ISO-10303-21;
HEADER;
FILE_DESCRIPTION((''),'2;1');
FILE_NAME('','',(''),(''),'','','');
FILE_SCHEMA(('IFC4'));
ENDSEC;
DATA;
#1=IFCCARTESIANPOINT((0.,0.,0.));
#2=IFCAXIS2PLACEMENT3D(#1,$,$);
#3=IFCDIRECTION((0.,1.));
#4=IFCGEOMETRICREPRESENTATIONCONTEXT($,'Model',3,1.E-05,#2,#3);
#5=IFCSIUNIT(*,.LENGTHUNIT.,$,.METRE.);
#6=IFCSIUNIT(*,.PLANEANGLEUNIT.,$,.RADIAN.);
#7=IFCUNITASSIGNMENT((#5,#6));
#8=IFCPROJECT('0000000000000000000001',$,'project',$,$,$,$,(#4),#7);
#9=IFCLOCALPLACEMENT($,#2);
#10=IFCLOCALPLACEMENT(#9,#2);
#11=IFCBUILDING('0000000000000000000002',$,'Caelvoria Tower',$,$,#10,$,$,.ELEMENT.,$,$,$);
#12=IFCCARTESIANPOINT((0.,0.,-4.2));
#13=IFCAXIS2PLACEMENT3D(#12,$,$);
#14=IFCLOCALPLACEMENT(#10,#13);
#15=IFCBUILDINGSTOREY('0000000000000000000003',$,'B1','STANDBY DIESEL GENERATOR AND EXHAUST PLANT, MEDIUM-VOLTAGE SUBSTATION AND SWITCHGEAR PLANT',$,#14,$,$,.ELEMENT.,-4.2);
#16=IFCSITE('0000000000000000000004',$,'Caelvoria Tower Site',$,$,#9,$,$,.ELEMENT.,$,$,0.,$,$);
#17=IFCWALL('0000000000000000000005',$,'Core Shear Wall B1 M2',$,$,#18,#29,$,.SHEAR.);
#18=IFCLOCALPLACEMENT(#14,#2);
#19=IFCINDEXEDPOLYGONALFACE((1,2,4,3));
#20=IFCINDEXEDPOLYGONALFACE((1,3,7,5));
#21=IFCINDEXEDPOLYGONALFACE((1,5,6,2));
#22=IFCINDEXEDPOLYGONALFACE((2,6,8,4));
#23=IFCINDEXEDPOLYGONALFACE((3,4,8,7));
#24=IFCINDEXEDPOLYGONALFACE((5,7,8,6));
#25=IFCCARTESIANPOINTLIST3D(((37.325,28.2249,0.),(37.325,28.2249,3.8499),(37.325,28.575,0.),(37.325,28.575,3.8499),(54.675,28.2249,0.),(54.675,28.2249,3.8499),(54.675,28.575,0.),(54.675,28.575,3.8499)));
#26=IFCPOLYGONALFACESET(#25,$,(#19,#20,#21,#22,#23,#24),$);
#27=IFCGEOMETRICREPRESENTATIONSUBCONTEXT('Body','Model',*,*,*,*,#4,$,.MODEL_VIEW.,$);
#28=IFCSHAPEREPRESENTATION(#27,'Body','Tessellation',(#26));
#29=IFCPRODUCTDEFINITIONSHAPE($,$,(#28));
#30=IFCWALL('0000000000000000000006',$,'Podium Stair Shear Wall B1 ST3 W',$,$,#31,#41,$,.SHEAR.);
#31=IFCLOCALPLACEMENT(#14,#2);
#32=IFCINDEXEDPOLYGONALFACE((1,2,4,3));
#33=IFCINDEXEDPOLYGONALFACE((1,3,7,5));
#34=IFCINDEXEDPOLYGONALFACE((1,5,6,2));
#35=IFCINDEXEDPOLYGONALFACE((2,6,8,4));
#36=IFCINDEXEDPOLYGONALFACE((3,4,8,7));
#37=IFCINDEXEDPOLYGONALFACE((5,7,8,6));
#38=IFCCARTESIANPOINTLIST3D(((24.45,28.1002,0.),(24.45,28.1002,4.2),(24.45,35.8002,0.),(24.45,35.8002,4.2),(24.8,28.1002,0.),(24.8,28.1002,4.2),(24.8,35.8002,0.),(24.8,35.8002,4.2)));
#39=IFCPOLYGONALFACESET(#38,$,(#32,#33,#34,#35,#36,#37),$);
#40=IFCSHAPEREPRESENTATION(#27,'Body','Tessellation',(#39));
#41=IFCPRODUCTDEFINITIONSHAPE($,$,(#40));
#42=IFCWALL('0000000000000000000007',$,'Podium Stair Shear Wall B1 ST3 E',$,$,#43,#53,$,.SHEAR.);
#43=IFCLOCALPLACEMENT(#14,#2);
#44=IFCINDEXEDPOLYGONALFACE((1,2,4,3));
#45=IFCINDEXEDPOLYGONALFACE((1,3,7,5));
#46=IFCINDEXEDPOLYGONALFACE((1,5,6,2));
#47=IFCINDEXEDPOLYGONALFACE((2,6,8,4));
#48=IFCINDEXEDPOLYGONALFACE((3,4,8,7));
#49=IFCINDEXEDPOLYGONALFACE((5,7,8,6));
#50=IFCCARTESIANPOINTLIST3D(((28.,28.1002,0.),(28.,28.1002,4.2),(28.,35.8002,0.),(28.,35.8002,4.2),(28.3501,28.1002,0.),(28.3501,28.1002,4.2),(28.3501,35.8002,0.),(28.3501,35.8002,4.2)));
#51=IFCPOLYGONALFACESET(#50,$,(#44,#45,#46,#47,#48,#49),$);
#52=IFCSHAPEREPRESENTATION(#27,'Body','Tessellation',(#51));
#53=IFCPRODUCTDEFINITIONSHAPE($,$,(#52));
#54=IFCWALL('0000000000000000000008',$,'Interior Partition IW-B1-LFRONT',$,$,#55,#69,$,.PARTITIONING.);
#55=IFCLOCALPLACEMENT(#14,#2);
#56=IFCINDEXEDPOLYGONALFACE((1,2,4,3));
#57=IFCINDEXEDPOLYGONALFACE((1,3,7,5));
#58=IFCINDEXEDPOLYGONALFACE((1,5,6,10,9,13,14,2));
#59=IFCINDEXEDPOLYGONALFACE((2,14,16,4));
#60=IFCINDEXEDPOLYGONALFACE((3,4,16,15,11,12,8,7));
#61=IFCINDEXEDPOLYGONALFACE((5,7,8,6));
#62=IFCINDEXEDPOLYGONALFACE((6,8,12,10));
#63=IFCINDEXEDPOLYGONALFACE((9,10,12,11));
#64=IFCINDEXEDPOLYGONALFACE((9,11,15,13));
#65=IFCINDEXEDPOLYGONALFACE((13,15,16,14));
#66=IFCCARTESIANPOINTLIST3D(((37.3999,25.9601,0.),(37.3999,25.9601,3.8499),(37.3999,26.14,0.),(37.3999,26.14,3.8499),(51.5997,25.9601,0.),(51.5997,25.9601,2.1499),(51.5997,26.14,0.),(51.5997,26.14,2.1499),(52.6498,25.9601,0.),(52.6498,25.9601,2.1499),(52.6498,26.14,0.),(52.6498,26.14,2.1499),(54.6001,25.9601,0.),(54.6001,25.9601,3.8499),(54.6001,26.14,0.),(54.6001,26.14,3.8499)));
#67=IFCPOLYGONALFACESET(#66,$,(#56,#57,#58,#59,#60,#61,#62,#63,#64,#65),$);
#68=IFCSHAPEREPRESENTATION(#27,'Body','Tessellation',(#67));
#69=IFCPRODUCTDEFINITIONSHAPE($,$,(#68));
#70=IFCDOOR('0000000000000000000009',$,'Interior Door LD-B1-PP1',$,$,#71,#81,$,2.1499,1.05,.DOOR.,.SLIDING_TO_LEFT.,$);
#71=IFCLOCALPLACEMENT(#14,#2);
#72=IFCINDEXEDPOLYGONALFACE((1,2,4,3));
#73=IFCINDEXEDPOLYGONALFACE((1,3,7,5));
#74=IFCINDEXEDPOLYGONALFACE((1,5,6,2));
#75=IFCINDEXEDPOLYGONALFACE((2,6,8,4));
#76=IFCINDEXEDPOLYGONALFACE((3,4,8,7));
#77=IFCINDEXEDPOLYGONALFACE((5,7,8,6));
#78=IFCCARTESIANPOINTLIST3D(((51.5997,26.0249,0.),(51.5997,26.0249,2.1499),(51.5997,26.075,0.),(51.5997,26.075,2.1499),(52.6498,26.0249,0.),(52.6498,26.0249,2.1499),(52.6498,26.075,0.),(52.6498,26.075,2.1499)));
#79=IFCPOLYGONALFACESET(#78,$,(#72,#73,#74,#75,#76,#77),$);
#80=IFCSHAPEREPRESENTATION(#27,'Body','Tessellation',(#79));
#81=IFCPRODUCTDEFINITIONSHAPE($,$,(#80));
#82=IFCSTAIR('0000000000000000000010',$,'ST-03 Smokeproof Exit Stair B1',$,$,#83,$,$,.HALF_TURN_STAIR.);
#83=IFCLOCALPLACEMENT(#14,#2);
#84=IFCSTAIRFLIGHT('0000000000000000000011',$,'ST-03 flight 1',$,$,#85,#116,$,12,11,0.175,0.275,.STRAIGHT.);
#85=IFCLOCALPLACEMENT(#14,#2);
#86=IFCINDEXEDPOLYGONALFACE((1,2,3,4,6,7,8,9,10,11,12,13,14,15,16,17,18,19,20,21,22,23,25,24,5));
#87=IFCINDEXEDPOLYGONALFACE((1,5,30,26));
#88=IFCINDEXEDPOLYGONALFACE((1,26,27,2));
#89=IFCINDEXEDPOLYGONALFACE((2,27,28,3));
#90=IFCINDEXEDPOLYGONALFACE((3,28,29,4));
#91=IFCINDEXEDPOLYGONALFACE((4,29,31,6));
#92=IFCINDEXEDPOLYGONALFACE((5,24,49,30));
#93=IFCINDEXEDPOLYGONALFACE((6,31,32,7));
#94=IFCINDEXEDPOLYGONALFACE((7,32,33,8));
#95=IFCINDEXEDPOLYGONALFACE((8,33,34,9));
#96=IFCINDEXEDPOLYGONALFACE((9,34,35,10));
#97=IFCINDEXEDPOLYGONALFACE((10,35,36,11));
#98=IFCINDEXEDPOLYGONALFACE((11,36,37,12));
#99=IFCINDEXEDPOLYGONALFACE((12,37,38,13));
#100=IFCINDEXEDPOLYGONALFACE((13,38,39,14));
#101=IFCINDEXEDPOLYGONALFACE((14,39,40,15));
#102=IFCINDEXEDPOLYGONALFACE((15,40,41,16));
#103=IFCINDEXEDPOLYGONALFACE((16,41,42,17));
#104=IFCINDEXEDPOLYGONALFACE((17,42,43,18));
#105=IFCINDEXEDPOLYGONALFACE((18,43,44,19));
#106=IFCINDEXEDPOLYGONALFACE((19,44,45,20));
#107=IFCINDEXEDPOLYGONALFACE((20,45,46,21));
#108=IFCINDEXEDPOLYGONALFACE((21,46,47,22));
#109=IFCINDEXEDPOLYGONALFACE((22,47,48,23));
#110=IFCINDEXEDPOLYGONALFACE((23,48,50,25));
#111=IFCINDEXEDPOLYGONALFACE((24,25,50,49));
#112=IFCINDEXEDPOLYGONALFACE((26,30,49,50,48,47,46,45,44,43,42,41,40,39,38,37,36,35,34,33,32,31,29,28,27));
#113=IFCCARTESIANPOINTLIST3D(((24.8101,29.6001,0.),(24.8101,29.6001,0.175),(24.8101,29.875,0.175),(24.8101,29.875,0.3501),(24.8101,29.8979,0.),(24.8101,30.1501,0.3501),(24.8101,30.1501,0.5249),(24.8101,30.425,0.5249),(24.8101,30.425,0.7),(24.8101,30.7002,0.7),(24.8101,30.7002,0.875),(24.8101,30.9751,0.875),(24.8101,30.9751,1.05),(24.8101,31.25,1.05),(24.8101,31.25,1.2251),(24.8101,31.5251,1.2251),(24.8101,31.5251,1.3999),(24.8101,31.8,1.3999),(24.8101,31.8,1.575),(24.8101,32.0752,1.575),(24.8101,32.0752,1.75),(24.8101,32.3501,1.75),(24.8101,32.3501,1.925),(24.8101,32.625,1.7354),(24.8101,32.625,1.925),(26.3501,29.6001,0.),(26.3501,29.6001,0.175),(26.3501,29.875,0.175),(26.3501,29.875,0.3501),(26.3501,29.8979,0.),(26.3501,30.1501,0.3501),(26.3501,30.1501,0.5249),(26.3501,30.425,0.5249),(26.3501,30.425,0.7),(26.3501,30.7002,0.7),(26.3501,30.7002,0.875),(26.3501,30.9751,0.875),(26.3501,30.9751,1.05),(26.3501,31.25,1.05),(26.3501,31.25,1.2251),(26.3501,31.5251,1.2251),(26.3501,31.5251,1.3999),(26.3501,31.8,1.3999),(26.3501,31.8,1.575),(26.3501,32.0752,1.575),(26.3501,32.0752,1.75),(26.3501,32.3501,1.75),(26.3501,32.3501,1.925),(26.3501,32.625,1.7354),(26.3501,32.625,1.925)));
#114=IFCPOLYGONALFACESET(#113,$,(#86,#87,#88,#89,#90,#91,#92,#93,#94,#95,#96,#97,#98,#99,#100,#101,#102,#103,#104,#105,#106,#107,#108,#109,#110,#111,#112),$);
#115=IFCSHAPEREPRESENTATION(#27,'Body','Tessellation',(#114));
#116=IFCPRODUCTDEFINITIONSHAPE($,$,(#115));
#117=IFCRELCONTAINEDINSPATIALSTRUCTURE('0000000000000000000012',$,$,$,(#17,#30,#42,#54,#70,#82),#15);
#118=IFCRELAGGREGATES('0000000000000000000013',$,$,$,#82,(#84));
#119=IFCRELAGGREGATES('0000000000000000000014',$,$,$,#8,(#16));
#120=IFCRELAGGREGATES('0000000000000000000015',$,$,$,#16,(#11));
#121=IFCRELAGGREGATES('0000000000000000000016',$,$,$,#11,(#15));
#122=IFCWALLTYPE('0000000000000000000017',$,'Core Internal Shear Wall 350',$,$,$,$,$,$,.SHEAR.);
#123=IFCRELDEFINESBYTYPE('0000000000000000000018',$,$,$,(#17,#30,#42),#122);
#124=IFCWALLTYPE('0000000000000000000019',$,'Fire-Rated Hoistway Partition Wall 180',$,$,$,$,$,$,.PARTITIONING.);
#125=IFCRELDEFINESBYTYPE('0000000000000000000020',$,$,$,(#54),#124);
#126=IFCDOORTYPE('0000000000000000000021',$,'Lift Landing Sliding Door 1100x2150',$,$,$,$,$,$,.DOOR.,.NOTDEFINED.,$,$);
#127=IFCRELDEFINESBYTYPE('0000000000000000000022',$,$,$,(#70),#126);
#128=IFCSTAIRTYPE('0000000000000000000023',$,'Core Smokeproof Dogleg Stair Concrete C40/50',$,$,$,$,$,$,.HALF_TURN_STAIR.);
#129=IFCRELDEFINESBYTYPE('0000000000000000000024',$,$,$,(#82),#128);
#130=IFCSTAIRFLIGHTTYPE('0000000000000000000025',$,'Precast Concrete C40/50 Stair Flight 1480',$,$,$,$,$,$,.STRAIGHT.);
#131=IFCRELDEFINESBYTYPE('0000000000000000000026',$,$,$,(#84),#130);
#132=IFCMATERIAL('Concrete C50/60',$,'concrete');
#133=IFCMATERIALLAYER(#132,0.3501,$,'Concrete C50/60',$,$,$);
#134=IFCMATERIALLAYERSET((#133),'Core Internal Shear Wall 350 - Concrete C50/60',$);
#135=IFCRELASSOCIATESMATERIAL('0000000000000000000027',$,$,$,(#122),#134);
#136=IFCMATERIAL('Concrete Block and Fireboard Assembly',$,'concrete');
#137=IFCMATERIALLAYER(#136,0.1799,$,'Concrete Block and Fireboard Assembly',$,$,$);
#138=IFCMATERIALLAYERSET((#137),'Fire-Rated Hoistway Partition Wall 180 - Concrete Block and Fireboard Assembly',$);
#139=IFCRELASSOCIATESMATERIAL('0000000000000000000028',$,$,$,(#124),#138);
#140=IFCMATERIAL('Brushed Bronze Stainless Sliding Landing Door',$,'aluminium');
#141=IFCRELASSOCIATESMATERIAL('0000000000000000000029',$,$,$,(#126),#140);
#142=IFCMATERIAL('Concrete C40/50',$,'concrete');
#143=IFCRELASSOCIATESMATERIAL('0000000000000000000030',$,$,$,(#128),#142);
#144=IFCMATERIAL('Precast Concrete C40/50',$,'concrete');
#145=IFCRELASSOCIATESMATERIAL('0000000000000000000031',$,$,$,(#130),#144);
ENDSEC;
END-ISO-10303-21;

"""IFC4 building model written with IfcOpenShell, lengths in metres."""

from ifc_helpers import new_model, si_unit, direction, frame, frame_2d, origin, place, context, subcontext, project, spatial, polyline, rectangle, outline, extrude, material, layer, layer_set, type_object, element, fill, aggregate, save


model = new_model("IFC4")

# Units and contexts
model_context = context("Model", 3, precision=1e-05, world=origin(), true_north=direction((0.0, 1.0)))
body_context = subcontext(model_context, "Body", "Model", "MODEL_VIEW")
ifc_project = project(units=[si_unit("LENGTHUNIT", "METRE"), si_unit("PLANEANGLEUNIT", "RADIAN")], contexts=[model_context])

# Site, building, storey
site_placement = place(None, origin())
site = spatial("IfcSite", under=ifc_project, at=site_placement, Name="Caelvoria Tower Site", CompositionType="ELEMENT", RefElevation=0.0)
building_placement = place(site_placement, origin())
building = spatial("IfcBuilding", under=site, at=building_placement, Name="Caelvoria Tower", CompositionType="ELEMENT")
storey_placement = place(building_placement, frame((0.0, 0.0, -4.2)))
storey = spatial("IfcBuildingStorey", under=building, at=storey_placement, Name="B1", Description="STANDBY DIESEL GENERATOR AND EXHAUST PLANT, MEDIUM-VOLTAGE SUBSTATION AND SWITCHGEAR PLANT", CompositionType="ELEMENT", Elevation=-4.2)

# Shared definitions
ifc_material_1 = material(Name="Concrete C50/60", Category="concrete")

# Wall
ifc_layer_1 = layer(ifc_material_1, 0.3501, Name="Concrete C50/60")
ifc_layer_set_1 = layer_set([ifc_layer_1], Name="Core Internal Shear Wall 350 - Concrete C50/60")
wall_type_1 = type_object("IfcWallType", Name="Core Internal Shear Wall 350", PredefinedType="SHEAR", material=ifc_layer_set_1)
wall_1_placement = place(storey_placement, frame((37.325, 28.3999, 0.0), z_axis=(0.0, 0.0, 1.0), x_axis=(1.0, 0.0, 0.0)))
element("IfcWall", 1, at=wall_1_placement, inside=storey, type_object=wall_type_1, Name="Core Shear Wall B1 M2", PredefinedType="SHEAR", context=body_context, shape_type="SweptSolid", body=[
    extrude(rectangle(XDim=17.3501, YDim=0.3501, at=frame_2d((8.675, 0.0))), origin(), (0.0, 0.0, 1.0), 3.8499),
])

# Walls
for number, where, z_axis, x_axis, name in (
    (2, (24.625, 28.1001, 0.0), (0.0, 0.0, 1.0), (0.0, 1.0, 0.0), "Podium Stair Shear Wall B1 ST3 W"),
    (3, (28.175, 28.1001, 0.0), (0.0, 0.0, 1.0), (0.0, 1.0, 0.0), "Podium Stair Shear Wall B1 ST3 E"),
):
    element("IfcWall", number, at=place(storey_placement, frame(where, z_axis=z_axis, x_axis=x_axis)), inside=storey, type_object=wall_type_1, Name=name, PredefinedType="SHEAR", context=body_context, shape_type="SweptSolid", body=[
        extrude(rectangle(XDim=7.7, YDim=0.3501, at=frame_2d((3.8501, 0.0))), origin(), (0.0, 0.0, 1.0), 4.2),
    ])

# Wall, opening, door
ifc_material_2 = material(Name="Concrete Block and Fireboard Assembly", Category="concrete")
ifc_layer_2 = layer(ifc_material_2, 0.1799, Name="Concrete Block and Fireboard Assembly")
ifc_layer_set_2 = layer_set([ifc_layer_2], Name="Fire-Rated Hoistway Partition Wall 180 - Concrete Block and Fireboard Assembly")
wall_type_2 = type_object("IfcWallType", Name="Fire-Rated Hoistway Partition Wall 180", PredefinedType="PARTITIONING", material=ifc_layer_set_2)
wall_2_placement = place(storey_placement, frame((37.3999, 26.05, 0.0), z_axis=(0.0, 0.0, 1.0), x_axis=(1.0, 0.0, 0.0)))
wall_2 = element("IfcWall", 4, at=wall_2_placement, inside=storey, type_object=wall_type_2, Name="Interior Partition IW-B1-LFRONT", PredefinedType="PARTITIONING", context=body_context, shape_type="SweptSolid", body=[
    extrude(rectangle(XDim=17.2002, YDim=0.1799, at=frame_2d((8.6001, 0.0))), origin(), (0.0, 0.0, 1.0), 3.8499),
])
opening_1_placement = place(wall_2_placement, frame((14.2, 0.0, 0.0)))
opening_1 = element("IfcOpeningElement", 5, at=opening_1_placement, cuts=wall_2, PredefinedType="OPENING", context=body_context, shape_type="SweptSolid", body=[
    extrude(rectangle(XDim=1.05, YDim=2.1499, at=frame_2d((0.5249, 1.075))), frame((0.0, 0.0999, 0.0), z_axis=(0.0, -1.0, 0.0), x_axis=(1.0, 0.0, 0.0)), (0.0, 0.0, 1.0), 0.2),
])
ifc_material_3 = material(Name="Brushed Bronze Stainless Sliding Landing Door", Category="aluminium")
door_type_1 = type_object("IfcDoorType", Name="Lift Landing Sliding Door 1100x2150", OperationType="NOTDEFINED", PredefinedType="DOOR", material=ifc_material_3)
door_1_placement = place(opening_1_placement, origin())
door_1 = element("IfcDoor", 6, at=door_1_placement, inside=storey, type_object=door_type_1, Name="Interior Door LD-B1-PP1", OperationType="SLIDING_TO_LEFT", OverallHeight=2.1499, OverallWidth=1.05, PredefinedType="DOOR", context=body_context, shape_type="SweptSolid", body=[
    extrude(rectangle(XDim=1.05, YDim=2.1499, at=frame_2d((0.5249, 1.075))), frame((0.0, 0.0249, 0.0), z_axis=(0.0, -1.0, 0.0), x_axis=(1.0, 0.0, 0.0)), (0.0, 0.0, 1.0), 0.05),
])
fill(opening_1, door_1)

# Stair, stair flight
ifc_material_4 = material(Name="Concrete C40/50", Category="concrete")
stair_type = type_object("IfcStairType", Name="Core Smokeproof Dogleg Stair Concrete C40/50", PredefinedType="HALF_TURN_STAIR", material=ifc_material_4)
stair_placement = place(storey_placement, origin())
stair = element("IfcStair", 7, at=stair_placement, inside=storey, type_object=stair_type, Name="ST-03 Smokeproof Exit Stair B1", PredefinedType="HALF_TURN_STAIR")
ifc_material_5 = material(Name="Precast Concrete C40/50", Category="concrete")
stair_flight_type = type_object("IfcStairFlightType", Name="Precast Concrete C40/50 Stair Flight 1480", PredefinedType="STRAIGHT", material=ifc_material_5)
stair_flight_placement = place(storey_placement, frame((25.5801, 29.6001, 0.0), z_axis=(0.0, 0.0, 1.0), x_axis=(0.0, 1.0, 0.0)))
stair_flight = element("IfcStairFlight", 8, at=stair_flight_placement, type_object=stair_flight_type, Name="ST-03 flight 1", NumberOfRisers=12, NumberOfTreads=11, PredefinedType="STRAIGHT", RiserHeight=0.175, TreadLength=0.275, context=body_context, shape_type="SweptSolid", body=[
    extrude(outline(polyline([(0.0, 0.0), (0.0, 0.175), (0.2749, 0.175), (0.2749, 0.3501), (0.55, 0.3501), (0.55, 0.5249), (0.825, 0.5249), (0.825, 0.7), (1.1001, 0.7), (1.1001, 0.875), (1.375, 0.875), (1.375, 1.05), (1.6499, 1.05), (1.6499, 1.2251), (1.925, 1.2251), (1.925, 1.3999), (2.2, 1.3999), (2.2, 1.575), (2.4751, 1.575), (2.4751, 1.75), (2.75, 1.75), (2.75, 1.925), (3.0249, 1.925), (3.0249, 2.1001), (3.0249, 1.7354), (0.2979, 0.0), (0.0, 0.0)])), frame((0.0, 0.77, 0.0), z_axis=(0.0, -1.0, 0.0), x_axis=(1.0, 0.0, 0.0)), (0.0, 0.0, 1.0), 1.54),
])
aggregate(stair, [stair_flight])

save(model, "model.ifc")
